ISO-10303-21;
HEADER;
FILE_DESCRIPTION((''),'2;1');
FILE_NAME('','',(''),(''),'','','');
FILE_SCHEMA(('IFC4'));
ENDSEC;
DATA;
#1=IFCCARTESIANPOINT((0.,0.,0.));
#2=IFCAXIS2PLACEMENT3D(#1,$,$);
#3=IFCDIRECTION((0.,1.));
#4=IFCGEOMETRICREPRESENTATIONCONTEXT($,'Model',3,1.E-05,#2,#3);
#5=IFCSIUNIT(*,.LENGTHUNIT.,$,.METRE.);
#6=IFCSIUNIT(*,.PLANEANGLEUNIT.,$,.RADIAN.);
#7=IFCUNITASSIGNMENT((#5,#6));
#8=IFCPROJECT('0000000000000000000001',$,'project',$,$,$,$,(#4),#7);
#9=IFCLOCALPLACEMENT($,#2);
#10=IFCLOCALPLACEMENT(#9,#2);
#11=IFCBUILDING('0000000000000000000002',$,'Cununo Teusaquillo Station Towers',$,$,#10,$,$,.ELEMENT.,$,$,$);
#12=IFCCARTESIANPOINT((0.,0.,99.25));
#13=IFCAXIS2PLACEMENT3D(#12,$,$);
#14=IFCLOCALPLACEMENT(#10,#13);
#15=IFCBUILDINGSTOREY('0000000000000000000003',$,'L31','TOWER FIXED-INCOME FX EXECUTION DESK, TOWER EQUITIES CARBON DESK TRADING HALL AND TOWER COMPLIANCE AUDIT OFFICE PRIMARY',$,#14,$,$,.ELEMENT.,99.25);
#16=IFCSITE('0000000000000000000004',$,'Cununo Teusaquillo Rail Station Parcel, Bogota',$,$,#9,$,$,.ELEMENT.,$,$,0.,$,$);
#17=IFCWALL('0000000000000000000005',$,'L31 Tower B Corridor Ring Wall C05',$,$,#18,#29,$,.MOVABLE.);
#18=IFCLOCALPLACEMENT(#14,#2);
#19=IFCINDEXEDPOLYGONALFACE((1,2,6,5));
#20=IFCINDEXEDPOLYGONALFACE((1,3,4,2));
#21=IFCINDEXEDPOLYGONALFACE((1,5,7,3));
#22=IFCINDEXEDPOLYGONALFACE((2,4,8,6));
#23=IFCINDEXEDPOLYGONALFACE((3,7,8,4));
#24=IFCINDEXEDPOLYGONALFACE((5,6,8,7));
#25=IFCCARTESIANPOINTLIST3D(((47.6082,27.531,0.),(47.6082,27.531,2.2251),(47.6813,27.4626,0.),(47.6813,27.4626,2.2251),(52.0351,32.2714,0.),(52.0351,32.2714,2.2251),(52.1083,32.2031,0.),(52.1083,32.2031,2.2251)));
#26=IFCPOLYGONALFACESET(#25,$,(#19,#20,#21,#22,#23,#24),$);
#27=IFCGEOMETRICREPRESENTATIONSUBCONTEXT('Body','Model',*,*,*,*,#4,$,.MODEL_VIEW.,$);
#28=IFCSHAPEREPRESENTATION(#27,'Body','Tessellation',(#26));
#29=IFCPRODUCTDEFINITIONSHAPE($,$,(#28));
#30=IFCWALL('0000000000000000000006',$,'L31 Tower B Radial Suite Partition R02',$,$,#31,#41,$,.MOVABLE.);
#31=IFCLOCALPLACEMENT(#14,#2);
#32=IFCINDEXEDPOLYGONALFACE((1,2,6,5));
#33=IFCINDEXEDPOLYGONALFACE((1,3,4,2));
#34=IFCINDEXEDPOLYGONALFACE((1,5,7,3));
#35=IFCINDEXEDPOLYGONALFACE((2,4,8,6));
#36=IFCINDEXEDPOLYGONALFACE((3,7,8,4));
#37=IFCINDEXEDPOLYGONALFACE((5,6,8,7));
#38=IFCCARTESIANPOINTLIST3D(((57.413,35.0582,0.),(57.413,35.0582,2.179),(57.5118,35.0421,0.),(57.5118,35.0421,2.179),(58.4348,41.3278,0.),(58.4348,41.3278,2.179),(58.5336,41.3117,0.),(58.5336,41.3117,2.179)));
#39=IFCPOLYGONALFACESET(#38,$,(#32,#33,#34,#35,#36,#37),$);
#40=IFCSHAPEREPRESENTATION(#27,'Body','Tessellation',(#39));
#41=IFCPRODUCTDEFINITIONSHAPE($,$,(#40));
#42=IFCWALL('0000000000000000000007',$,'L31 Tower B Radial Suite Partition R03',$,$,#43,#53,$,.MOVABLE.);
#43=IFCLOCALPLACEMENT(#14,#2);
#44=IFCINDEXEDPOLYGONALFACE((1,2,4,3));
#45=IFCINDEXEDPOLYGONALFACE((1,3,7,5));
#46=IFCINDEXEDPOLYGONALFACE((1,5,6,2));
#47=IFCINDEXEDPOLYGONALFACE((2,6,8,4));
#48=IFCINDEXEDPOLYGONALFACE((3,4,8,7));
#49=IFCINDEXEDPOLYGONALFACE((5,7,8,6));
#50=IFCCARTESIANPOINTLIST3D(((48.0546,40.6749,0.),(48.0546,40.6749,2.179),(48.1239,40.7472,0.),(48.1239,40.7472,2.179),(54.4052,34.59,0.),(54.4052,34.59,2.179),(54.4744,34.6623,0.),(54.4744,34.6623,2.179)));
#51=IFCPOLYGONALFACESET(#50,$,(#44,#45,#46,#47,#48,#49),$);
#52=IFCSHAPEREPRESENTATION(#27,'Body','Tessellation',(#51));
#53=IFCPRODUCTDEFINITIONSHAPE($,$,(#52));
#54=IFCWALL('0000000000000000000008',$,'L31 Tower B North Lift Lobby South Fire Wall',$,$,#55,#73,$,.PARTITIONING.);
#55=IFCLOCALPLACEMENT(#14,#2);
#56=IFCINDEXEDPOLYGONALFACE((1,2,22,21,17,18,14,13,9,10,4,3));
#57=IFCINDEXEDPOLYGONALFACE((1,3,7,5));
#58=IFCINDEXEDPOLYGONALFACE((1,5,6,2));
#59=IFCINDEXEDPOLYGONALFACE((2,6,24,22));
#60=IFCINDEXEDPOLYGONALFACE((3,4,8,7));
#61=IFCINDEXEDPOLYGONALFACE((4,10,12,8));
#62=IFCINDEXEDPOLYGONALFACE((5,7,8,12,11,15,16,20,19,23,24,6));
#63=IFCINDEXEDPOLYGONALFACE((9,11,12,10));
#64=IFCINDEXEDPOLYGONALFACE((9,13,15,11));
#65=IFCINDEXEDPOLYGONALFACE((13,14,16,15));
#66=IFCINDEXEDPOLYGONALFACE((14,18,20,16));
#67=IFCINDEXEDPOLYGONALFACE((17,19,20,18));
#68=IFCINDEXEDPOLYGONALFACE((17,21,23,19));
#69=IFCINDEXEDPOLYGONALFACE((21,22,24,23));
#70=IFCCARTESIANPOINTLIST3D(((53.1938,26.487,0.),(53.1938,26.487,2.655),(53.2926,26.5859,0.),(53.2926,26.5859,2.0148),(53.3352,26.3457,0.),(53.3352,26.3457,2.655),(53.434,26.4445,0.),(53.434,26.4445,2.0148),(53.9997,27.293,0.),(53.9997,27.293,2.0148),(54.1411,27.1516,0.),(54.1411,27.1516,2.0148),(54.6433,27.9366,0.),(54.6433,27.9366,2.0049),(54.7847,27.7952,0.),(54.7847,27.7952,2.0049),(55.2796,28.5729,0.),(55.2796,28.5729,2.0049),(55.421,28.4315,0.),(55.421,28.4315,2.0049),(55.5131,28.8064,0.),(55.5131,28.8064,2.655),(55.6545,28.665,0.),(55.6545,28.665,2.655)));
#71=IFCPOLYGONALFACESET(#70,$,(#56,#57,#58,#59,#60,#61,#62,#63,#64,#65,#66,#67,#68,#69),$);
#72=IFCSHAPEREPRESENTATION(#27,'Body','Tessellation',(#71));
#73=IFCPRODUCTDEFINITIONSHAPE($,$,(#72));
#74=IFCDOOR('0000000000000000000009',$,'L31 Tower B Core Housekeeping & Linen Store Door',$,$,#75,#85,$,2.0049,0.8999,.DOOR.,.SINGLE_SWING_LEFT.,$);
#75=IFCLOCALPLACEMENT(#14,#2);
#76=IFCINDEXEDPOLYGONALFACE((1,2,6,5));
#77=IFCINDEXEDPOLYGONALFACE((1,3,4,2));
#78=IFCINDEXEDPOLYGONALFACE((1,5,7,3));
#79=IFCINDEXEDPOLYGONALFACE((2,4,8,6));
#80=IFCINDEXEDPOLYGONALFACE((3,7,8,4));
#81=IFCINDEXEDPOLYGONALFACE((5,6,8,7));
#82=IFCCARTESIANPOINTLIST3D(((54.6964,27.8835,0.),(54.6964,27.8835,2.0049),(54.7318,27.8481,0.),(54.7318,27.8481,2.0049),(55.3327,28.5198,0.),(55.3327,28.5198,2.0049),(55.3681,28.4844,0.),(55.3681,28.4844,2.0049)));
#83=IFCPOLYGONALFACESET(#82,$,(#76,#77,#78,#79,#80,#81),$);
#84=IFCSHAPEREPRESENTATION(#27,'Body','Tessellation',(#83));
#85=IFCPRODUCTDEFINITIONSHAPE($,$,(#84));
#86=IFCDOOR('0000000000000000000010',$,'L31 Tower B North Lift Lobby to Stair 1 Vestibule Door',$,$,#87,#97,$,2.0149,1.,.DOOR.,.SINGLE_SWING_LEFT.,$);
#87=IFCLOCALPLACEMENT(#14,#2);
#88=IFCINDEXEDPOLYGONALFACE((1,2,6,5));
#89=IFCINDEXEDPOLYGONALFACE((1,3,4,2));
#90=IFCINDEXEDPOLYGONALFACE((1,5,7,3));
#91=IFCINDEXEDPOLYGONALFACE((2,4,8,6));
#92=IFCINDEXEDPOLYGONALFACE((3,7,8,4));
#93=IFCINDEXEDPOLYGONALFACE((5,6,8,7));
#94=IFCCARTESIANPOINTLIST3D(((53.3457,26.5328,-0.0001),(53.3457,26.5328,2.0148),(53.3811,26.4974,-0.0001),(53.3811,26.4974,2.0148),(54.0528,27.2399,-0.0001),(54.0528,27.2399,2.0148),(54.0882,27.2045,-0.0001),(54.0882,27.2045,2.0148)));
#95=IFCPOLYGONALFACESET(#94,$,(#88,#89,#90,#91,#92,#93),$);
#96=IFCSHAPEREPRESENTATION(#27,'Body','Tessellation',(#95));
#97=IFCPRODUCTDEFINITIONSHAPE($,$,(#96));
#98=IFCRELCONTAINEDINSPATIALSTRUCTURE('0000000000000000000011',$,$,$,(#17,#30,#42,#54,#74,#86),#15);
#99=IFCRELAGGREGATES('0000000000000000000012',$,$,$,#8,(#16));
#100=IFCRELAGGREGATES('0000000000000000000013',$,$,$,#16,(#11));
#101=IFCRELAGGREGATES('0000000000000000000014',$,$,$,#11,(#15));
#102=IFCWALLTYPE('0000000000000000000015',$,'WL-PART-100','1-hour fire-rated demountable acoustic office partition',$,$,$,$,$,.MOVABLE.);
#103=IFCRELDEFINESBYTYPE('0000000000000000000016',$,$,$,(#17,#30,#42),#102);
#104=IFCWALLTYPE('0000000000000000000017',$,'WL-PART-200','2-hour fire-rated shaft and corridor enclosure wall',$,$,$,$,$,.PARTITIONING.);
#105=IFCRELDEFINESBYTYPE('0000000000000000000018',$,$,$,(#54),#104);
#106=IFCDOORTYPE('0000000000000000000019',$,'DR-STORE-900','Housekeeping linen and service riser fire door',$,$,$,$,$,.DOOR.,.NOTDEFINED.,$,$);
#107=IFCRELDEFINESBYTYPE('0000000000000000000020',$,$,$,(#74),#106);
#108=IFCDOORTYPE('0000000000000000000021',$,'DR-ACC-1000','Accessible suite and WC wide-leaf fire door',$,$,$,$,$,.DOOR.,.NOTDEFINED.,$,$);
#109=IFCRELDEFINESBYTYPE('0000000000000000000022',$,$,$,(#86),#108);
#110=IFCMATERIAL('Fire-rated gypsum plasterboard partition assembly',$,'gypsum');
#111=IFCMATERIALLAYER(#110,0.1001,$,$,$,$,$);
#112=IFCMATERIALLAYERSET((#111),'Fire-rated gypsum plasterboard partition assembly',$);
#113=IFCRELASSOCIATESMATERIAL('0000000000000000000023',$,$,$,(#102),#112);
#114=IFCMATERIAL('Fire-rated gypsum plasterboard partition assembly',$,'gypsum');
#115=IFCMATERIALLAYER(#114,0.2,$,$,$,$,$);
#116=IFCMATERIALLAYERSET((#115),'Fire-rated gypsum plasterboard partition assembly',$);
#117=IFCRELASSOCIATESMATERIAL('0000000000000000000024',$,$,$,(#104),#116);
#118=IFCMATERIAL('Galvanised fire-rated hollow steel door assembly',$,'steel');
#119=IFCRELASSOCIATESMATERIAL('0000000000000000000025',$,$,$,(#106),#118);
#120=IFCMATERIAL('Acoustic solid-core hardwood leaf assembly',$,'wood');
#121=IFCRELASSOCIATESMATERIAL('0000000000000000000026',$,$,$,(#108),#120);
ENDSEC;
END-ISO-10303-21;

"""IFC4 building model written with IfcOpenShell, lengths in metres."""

from ifc_helpers import new_model, si_unit, direction, frame, frame_2d, origin, place, context, subcontext, project, spatial, rectangle, extrude, source, transform, mapped, material, layer, layer_set, type_object, element, fill, save


model = new_model("IFC4")

# Units and contexts
model_context = context("Model", 3, precision=1e-05, world=origin(), true_north=direction((0.0, 1.0)))
body_context = subcontext(model_context, "Body", "Model", "MODEL_VIEW")
ifc_project = project(units=[si_unit("LENGTHUNIT", "METRE"), si_unit("PLANEANGLEUNIT", "RADIAN")], contexts=[model_context])

# Site, building, storey
site_placement = place(None, origin())
site = spatial("IfcSite", under=ifc_project, at=site_placement, Name="Cununo Teusaquillo Rail Station Parcel, Bogota", CompositionType="ELEMENT", RefElevation=0.0)
building_placement = place(site_placement, origin())
building = spatial("IfcBuilding", under=site, at=building_placement, Name="Cununo Teusaquillo Station Towers", CompositionType="ELEMENT")
storey_placement = place(building_placement, frame((0.0, 0.0, 99.25)))
storey = spatial("IfcBuildingStorey", under=building, at=storey_placement, Name="L31", Description="TOWER FIXED-INCOME FX EXECUTION DESK, TOWER EQUITIES CARBON DESK TRADING HALL AND TOWER COMPLIANCE AUDIT OFFICE PRIMARY", CompositionType="ELEMENT", Elevation=99.25)

# Shared definitions
ifc_material_1 = material(Name="Fire-rated gypsum plasterboard partition assembly", Category="gypsum")
ifc_layer_1 = layer(ifc_material_1, 0.1001)
ifc_layer_set_1 = layer_set([ifc_layer_1], Name="Fire-rated gypsum plasterboard partition assembly")
wall_type_1 = type_object("IfcWallType", Name="WL-PART-100", Description="1-hour fire-rated demountable acoustic office partition", PredefinedType="MOVABLE", material=ifc_layer_set_1)

# Walls
wall_1_placement = place(storey_placement, frame((52.0718, 32.2373, 0.0), z_axis=(0.0, 0.0, 1.0), x_axis=(-0.682529, -0.730859, 0.0)))
element("IfcWall", 1, at=wall_1_placement, inside=storey, type_object=wall_type_1, Name="L31 Tower B Corridor Ring Wall C05", PredefinedType="MOVABLE", context=body_context, shape_type="SweptSolid", body=[
    extrude(rectangle(XDim=6.4861, YDim=0.1001, at=frame_2d((3.2432, 0.0))), origin(), (0.0, 0.0, 1.0), 2.2251),
])
wall_2_placement = place(storey_placement, frame((57.4624, 35.05, 0.0), z_axis=(0.0, 0.0, 1.0), x_axis=(0.160845, 0.98698, 0.0)))
element("IfcWall", 2, at=wall_2_placement, inside=storey, type_object=wall_type_1, Name="L31 Tower B Radial Suite Partition R02", PredefinedType="MOVABLE", context=body_context, shape_type="SweptSolid", body=[
    extrude(rectangle(XDim=6.3523, YDim=0.1001, at=frame_2d((3.1763, 0.0))), origin(), (0.0, 0.0, 1.0), 2.179),
])
wall_3_placement = place(storey_placement, frame((54.4397, 34.6262, 0.0), z_axis=(0.0, 0.0, 1.0), x_axis=(-0.722046, 0.691845, 0.0)))
element("IfcWall", 3, at=wall_3_placement, inside=storey, type_object=wall_type_1, Name="L31 Tower B Radial Suite Partition R03", PredefinedType="MOVABLE", context=body_context, shape_type="SweptSolid", body=[
    extrude(rectangle(XDim=8.7952, YDim=0.1001, at=frame_2d((4.3975, 0.0))), origin(), (0.0, 0.0, 1.0), 2.179),
])

# Wall, openings, doors
ifc_material_2 = material(Name="Fire-rated gypsum plasterboard partition assembly", Category="gypsum")
ifc_layer_2 = layer(ifc_material_2, 0.2)
ifc_layer_set_2 = layer_set([ifc_layer_2], Name="Fire-rated gypsum plasterboard partition assembly")
wall_type_2 = type_object("IfcWallType", Name="WL-PART-200", Description="2-hour fire-rated shaft and corridor enclosure wall", PredefinedType="PARTITIONING", material=ifc_layer_set_2)
wall_4_placement = place(storey_placement, frame((53.2644, 26.4163, 0.0), z_axis=(0.0, 0.0, 1.0), x_axis=(0.707107, 0.707107, 0.0)))
wall_4 = element("IfcWall", 4, at=wall_4_placement, inside=storey, type_object=wall_type_2, Name="L31 Tower B North Lift Lobby South Fire Wall", PredefinedType="PARTITIONING", context=body_context, shape_type="SweptSolid", body=[
    extrude(rectangle(XDim=3.28, YDim=0.2, at=frame_2d((1.6401, 0.0))), origin(), (0.0, 0.0, 1.0), 2.655),
])
shared_shape_1 = source(origin(), body_context, "Body", "SweptSolid", [
    extrude(rectangle(XDim=1.0, YDim=2.0149, at=frame_2d((0.5, 1.0073))), frame((0.0, 0.1099, 0.0), z_axis=(0.0, -1.0, 0.0), x_axis=(1.0, 0.0, 0.0)), (0.0, 0.0, 1.0), 0.22),
])
opening_1_placement = place(wall_4_placement, frame((0.1399, 0.0, 0.0)))
opening_1 = element("IfcOpeningElement", 5, at=opening_1_placement, cuts=wall_4, PredefinedType="OPENING", context=body_context, shape_type="MappedRepresentation", body=[
    mapped(shared_shape_1, transform((0.0, 0.0, 0.0), x_axis=(1.0, 0.0, 0.0), y_axis=(0.0, 1.0, 0.0), z_axis=(0.0, 0.0, 1.0), scale=1.0)),
])
shared_shape_2 = source(origin(), body_context, "Body", "SweptSolid", [
    extrude(rectangle(XDim=0.8999, YDim=2.0049, at=frame_2d((0.45, 1.0024))), frame((0.0, 0.1099, 0.0), z_axis=(0.0, -1.0, 0.0), x_axis=(1.0, 0.0, 0.0)), (0.0, 0.0, 1.0), 0.22),
])
opening_2_placement = place(wall_4_placement, frame((2.05, 0.0, 0.0)))
opening_2 = element("IfcOpeningElement", 6, at=opening_2_placement, cuts=wall_4, PredefinedType="OPENING", context=body_context, shape_type="MappedRepresentation", body=[
    mapped(shared_shape_2, transform((0.0, 0.0, 0.0), x_axis=(1.0, 0.0, 0.0), y_axis=(0.0, 1.0, 0.0), z_axis=(0.0, 0.0, 1.0), scale=1.0)),
])
ifc_material_3 = material(Name="Galvanised fire-rated hollow steel door assembly", Category="steel")
door_type_1 = type_object("IfcDoorType", Name="DR-STORE-900", Description="Housekeeping linen and service riser fire door", OperationType="NOTDEFINED", PredefinedType="DOOR", material=ifc_material_3)
shared_shape_3 = source(origin(), body_context, "Body", "SweptSolid", [
    extrude(rectangle(XDim=0.8999, YDim=2.0049, at=frame_2d((0.45, 1.0024))), frame((0.0, 0.0249, 0.0), z_axis=(0.0, -1.0, 0.0), x_axis=(1.0, 0.0, 0.0)), (0.0, 0.0, 1.0), 0.05),
])
door_1_placement = place(opening_2_placement, origin())
door_1 = element("IfcDoor", 7, at=door_1_placement, inside=storey, type_object=door_type_1, Name="L31 Tower B Core Housekeeping & Linen Store Door", OperationType="SINGLE_SWING_LEFT", OverallHeight=2.0049, OverallWidth=0.8999, PredefinedType="DOOR", context=body_context, shape_type="MappedRepresentation", body=[
    mapped(shared_shape_3, transform((0.0, 0.0, 0.0), x_axis=(1.0, 0.0, 0.0), y_axis=(0.0, 1.0, 0.0), z_axis=(0.0, 0.0, 1.0), scale=1.0)),
])
fill(opening_2, door_1)
ifc_material_4 = material(Name="Acoustic solid-core hardwood leaf assembly", Category="wood")
door_type_2 = type_object("IfcDoorType", Name="DR-ACC-1000", Description="Accessible suite and WC wide-leaf fire door", OperationType="NOTDEFINED", PredefinedType="DOOR", material=ifc_material_4)
shared_shape_4 = source(origin(), body_context, "Body", "SweptSolid", [
    extrude(rectangle(XDim=1.0, YDim=2.0149, at=frame_2d((0.5, 1.0073))), frame((0.0, 0.0249, 0.0), z_axis=(0.0, -1.0, 0.0), x_axis=(1.0, 0.0, 0.0)), (0.0, 0.0, 1.0), 0.05),
])
door_2_placement = place(opening_1_placement, origin())
door_2 = element("IfcDoor", 8, at=door_2_placement, inside=storey, type_object=door_type_2, Name="L31 Tower B North Lift Lobby to Stair 1 Vestibule Door", OperationType="SINGLE_SWING_LEFT", OverallHeight=2.0149, OverallWidth=1.0, PredefinedType="DOOR", context=body_context, shape_type="MappedRepresentation", body=[
    mapped(shared_shape_4, transform((0.0, 0.0, 0.0), x_axis=(1.0, 0.0, 0.0), y_axis=(0.0, 1.0, 0.0), z_axis=(0.0, 0.0, 1.0), scale=1.0)),
])
fill(opening_1, door_2)

save(model, "model.ifc")
